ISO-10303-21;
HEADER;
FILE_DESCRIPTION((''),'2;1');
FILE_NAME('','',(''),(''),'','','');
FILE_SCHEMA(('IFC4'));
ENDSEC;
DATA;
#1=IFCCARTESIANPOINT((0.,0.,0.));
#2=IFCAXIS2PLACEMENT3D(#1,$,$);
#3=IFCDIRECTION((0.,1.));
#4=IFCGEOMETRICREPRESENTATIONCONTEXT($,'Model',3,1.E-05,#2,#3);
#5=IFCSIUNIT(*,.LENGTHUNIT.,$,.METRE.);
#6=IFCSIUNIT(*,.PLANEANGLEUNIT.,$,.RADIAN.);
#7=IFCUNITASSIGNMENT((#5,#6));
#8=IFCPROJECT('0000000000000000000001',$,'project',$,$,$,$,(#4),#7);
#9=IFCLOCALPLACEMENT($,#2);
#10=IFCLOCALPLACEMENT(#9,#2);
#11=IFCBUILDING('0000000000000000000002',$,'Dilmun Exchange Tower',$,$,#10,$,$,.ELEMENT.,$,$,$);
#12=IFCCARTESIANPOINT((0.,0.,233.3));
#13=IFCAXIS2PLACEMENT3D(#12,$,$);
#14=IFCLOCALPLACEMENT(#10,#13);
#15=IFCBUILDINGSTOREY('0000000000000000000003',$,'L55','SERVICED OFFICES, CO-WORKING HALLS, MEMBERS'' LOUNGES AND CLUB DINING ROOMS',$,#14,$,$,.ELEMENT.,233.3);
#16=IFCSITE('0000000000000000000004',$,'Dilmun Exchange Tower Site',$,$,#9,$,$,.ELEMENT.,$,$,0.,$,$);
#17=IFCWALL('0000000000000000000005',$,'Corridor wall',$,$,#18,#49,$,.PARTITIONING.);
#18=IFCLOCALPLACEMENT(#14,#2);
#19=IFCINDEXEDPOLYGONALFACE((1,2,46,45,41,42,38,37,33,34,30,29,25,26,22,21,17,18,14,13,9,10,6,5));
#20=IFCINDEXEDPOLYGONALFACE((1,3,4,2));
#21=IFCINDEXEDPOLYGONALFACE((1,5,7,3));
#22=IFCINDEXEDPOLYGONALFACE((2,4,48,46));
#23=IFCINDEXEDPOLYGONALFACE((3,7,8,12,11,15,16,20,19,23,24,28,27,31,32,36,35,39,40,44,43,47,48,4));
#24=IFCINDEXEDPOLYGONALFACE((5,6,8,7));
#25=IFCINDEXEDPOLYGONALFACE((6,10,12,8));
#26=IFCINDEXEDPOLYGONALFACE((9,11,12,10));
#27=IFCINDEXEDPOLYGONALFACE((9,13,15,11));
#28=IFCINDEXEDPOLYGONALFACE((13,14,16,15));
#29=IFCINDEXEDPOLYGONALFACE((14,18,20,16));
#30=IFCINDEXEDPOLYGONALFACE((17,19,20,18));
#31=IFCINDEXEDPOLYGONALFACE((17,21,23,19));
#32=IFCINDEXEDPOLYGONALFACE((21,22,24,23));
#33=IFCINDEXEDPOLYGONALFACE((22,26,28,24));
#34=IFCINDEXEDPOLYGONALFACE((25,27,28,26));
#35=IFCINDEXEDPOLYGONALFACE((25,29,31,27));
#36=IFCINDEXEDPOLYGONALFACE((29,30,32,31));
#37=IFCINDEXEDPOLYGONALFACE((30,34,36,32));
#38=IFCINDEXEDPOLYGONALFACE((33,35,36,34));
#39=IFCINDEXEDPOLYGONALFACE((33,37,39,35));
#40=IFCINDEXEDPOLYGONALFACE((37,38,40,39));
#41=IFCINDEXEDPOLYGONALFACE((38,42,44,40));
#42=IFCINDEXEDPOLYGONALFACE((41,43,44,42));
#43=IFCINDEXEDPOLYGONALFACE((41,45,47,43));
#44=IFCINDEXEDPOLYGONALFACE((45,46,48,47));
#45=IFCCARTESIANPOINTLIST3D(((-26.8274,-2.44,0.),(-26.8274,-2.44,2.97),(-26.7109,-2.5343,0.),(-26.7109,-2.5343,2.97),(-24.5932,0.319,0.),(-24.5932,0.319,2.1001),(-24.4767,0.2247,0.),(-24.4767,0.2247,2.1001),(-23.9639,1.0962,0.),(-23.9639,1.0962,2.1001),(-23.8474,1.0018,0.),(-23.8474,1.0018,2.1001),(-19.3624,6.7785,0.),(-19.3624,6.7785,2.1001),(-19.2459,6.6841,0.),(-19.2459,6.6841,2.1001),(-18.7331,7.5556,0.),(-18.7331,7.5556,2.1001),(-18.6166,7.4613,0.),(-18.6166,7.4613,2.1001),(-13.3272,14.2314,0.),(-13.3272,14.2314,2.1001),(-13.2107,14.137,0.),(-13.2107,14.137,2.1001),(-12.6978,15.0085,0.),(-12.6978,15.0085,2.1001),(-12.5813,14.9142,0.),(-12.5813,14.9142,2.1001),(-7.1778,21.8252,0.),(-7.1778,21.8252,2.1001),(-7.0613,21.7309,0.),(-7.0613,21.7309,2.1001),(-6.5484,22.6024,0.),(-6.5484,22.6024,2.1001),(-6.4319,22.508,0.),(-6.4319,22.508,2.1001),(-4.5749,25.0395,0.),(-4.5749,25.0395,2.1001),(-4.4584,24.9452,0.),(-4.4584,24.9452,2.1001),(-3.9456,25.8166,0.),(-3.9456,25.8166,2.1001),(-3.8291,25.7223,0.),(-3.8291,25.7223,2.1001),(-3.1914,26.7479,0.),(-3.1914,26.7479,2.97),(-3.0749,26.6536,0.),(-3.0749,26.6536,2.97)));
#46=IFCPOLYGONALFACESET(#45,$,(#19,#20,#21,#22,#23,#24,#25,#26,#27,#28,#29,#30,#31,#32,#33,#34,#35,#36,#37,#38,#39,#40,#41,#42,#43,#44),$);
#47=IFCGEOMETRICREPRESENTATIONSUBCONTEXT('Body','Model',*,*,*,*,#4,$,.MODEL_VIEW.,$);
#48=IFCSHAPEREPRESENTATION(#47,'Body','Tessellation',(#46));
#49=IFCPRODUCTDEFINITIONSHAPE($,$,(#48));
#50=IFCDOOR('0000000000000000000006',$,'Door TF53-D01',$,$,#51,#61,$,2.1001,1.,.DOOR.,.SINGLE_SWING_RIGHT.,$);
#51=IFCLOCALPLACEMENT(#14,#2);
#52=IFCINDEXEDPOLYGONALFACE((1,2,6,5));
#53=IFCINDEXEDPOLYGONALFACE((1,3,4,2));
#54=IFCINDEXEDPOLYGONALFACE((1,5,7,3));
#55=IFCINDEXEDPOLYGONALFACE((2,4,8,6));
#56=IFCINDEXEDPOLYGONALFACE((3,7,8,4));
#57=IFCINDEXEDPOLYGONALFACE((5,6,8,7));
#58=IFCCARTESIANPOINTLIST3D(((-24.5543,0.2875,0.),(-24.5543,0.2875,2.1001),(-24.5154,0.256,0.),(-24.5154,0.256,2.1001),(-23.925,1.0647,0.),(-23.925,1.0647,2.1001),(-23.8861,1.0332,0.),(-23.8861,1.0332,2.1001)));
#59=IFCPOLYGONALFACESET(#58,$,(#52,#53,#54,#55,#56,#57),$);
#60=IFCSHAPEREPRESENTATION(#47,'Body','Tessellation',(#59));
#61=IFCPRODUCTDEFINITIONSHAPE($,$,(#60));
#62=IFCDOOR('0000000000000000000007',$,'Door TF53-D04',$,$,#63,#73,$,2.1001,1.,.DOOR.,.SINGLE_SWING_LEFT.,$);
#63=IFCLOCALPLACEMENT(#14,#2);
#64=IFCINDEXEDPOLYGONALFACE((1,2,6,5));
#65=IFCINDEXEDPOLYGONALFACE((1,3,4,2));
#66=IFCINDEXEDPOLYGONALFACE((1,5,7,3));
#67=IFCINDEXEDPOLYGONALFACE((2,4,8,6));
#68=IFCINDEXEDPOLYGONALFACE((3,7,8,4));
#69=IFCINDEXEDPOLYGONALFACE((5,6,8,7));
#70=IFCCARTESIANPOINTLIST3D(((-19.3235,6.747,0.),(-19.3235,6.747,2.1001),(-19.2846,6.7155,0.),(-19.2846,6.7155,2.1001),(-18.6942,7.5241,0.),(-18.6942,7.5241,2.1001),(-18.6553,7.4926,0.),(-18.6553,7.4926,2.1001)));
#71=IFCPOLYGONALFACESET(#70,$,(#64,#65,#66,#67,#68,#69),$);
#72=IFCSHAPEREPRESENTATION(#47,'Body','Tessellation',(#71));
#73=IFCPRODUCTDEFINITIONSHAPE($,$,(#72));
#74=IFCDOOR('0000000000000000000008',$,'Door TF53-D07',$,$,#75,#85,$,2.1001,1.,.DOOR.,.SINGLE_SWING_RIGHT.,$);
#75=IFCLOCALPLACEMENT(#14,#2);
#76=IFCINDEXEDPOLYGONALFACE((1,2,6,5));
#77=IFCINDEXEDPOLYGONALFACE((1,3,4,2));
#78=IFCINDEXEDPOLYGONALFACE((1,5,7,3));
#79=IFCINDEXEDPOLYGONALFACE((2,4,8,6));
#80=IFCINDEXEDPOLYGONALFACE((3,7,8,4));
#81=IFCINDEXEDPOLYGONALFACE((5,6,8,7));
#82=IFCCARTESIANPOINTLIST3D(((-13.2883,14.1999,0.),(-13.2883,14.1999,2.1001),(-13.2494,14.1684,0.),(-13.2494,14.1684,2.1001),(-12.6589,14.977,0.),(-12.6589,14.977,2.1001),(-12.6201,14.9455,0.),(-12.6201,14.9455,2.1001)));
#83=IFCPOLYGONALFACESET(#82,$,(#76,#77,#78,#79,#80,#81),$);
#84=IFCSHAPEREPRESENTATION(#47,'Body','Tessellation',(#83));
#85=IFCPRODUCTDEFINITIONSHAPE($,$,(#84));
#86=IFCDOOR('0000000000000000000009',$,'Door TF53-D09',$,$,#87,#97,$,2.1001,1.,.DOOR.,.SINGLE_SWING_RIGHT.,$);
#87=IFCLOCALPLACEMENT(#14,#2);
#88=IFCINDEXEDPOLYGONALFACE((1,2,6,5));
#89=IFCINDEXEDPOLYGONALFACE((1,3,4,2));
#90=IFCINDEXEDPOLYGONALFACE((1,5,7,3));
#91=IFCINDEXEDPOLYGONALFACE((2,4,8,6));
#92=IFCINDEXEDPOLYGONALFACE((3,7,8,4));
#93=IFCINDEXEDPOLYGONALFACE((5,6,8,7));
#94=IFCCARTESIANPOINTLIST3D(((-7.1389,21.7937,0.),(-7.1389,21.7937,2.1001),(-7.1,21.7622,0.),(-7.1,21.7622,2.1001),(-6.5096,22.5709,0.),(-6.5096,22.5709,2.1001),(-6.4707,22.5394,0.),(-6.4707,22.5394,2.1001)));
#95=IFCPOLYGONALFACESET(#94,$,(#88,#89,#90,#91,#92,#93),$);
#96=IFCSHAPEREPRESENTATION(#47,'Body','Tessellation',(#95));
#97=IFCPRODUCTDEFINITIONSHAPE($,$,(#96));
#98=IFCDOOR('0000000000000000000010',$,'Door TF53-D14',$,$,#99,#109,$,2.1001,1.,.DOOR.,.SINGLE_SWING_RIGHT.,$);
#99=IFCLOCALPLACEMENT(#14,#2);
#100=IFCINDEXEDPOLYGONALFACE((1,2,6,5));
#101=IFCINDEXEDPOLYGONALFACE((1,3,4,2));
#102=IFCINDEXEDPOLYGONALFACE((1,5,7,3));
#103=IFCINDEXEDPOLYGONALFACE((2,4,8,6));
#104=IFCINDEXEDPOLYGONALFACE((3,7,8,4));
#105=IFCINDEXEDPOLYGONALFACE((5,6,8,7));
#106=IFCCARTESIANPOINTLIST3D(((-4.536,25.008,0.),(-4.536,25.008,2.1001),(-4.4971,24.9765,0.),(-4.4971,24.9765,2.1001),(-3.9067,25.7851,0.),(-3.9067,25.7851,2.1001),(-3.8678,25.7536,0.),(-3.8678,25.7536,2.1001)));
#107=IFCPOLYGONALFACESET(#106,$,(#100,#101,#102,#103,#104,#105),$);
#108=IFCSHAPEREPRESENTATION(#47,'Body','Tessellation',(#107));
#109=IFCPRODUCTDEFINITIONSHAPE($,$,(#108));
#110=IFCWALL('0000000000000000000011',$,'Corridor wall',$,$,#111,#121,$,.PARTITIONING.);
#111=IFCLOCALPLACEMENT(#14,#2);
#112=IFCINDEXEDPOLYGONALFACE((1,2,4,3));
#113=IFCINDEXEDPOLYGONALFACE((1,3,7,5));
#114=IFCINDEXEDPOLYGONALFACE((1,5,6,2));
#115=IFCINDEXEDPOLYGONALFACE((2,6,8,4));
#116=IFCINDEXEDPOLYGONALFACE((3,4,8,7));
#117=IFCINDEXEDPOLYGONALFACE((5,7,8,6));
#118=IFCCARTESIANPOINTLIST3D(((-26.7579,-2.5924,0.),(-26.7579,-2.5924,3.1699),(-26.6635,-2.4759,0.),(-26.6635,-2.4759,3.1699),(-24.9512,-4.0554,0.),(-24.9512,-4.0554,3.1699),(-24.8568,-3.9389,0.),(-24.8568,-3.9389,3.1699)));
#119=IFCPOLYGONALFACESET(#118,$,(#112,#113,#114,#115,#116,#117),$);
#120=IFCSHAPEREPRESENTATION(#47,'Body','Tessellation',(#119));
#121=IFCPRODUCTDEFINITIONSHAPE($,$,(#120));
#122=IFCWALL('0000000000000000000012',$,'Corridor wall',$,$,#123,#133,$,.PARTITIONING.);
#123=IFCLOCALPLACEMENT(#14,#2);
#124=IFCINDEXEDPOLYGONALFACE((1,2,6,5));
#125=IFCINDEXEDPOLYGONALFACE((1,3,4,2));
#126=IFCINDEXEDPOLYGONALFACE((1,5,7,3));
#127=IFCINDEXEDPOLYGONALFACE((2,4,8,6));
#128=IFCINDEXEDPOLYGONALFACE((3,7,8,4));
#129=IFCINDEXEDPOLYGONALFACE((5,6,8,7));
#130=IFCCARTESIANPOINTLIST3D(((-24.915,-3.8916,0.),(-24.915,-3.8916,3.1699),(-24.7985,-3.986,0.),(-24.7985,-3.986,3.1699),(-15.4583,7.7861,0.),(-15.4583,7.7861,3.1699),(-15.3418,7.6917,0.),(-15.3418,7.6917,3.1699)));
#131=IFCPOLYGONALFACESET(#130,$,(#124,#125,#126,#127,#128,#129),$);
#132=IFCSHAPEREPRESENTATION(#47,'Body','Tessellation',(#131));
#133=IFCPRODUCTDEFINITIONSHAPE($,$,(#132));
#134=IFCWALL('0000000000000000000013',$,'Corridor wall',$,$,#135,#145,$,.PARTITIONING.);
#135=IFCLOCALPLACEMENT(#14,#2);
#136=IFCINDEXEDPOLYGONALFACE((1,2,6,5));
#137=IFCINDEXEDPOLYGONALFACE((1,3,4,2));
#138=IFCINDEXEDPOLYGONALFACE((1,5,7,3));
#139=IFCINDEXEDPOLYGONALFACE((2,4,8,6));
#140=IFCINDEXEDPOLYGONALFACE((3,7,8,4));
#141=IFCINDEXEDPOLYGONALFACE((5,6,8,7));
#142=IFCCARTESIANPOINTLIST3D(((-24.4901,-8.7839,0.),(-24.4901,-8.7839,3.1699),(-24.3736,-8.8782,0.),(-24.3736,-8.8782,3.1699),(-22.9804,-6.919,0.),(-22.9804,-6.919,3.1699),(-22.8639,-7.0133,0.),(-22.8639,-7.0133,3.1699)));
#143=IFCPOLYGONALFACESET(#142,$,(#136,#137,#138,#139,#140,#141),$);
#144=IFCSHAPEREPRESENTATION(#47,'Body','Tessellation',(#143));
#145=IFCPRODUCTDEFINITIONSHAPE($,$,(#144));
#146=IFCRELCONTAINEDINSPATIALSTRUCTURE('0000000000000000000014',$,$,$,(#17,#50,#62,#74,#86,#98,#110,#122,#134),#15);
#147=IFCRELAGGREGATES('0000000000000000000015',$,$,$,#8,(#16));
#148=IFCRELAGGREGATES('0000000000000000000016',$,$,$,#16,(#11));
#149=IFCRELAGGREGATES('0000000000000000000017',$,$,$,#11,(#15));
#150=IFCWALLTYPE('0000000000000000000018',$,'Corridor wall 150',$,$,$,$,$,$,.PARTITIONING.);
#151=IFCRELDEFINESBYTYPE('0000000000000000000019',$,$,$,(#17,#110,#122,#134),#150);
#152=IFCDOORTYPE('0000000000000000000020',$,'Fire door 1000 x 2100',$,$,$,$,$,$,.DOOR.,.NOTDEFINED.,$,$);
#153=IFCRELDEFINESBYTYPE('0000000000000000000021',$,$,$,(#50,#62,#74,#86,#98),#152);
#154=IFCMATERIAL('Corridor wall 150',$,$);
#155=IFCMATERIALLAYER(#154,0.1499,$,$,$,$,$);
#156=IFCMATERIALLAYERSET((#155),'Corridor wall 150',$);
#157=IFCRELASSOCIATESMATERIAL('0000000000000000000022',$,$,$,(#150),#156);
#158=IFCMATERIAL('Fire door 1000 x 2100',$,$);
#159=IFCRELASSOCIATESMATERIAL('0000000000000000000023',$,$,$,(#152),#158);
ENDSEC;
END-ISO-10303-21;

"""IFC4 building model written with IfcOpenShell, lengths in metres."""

from ifc_helpers import new_model, si_unit, direction, frame, frame_2d, origin, place, context, subcontext, project, spatial, rectangle, extrude, material, layer, layer_set, type_object, element, fill, save


model = new_model("IFC4")

# Units and contexts
model_context = context("Model", 3, precision=1e-05, world=origin(), true_north=direction((0.0, 1.0)))
body_context = subcontext(model_context, "Body", "Model", "MODEL_VIEW")
ifc_project = project(units=[si_unit("LENGTHUNIT", "METRE"), si_unit("PLANEANGLEUNIT", "RADIAN")], contexts=[model_context])

# Site, building, storey
site_placement = place(None, origin())
site = spatial("IfcSite", under=ifc_project, at=site_placement, Name="Dilmun Exchange Tower Site", CompositionType="ELEMENT", RefElevation=0.0)
building_placement = place(site_placement, origin())
building = spatial("IfcBuilding", under=site, at=building_placement, Name="Dilmun Exchange Tower", CompositionType="ELEMENT")
storey_placement = place(building_placement, frame((0.0, 0.0, 233.3)))
storey = spatial("IfcBuildingStorey", under=building, at=storey_placement, Name="L55", Description="SERVICED OFFICES, CO-WORKING HALLS, MEMBERS' LOUNGES AND CLUB DINING ROOMS", CompositionType="ELEMENT", Elevation=233.3)

# Wall, openings, doors
ifc_material_1 = material(Name="Corridor wall 150")
ifc_layer_1 = layer(ifc_material_1, 0.1499)
ifc_layer_set_1 = layer_set([ifc_layer_1], Name="Corridor wall 150")
wall_type_1 = type_object("IfcWallType", Name="Corridor wall 150", PredefinedType="PARTITIONING", material=ifc_layer_set_1)
wall_1_placement = place(storey_placement, frame((-26.769, -2.4871, 0.0), z_axis=(0.0, 0.0, 1.0), x_axis=(0.629321, 0.777146, 0.0)))
wall_1 = element("IfcWall", 1, at=wall_1_placement, inside=storey, type_object=wall_type_1, Name="Corridor wall", PredefinedType="PARTITIONING", context=body_context, shape_type="SweptSolid", body=[
    extrude(rectangle(XDim=37.5579, YDim=0.1499, at=frame_2d((18.7788, 0.0))), origin(), (0.0, 0.0, 1.0), 2.97),
])
opening_1_placement = place(wall_1_placement, frame((3.55, 0.0, 0.0)))
opening_1 = element("IfcOpeningElement", 2, at=opening_1_placement, cuts=wall_1, PredefinedType="OPENING", context=body_context, shape_type="SweptSolid", body=[
    extrude(rectangle(XDim=1.0, YDim=2.1001, at=frame_2d((0.5, 1.05))), frame((0.0, 0.085, 0.0), z_axis=(0.0, -1.0, 0.0), x_axis=(1.0, 0.0, 0.0)), (0.0, 0.0, 1.0), 0.1699),
])
opening_2_placement = place(wall_1_placement, frame((11.8618, 0.0, 0.0)))
opening_2 = element("IfcOpeningElement", 3, at=opening_2_placement, cuts=wall_1, PredefinedType="OPENING", context=body_context, shape_type="SweptSolid", body=[
    extrude(rectangle(XDim=1.0, YDim=2.1001, at=frame_2d((0.5, 1.05))), frame((0.0, 0.085, 0.0), z_axis=(0.0, -1.0, 0.0), x_axis=(1.0, 0.0, 0.0)), (0.0, 0.0, 1.0), 0.1699),
])
opening_3_placement = place(wall_1_placement, frame((21.4519, 0.0, 0.0)))
opening_3 = element("IfcOpeningElement", 4, at=opening_3_placement, cuts=wall_1, PredefinedType="OPENING", context=body_context, shape_type="SweptSolid", body=[
    extrude(rectangle(XDim=1.0, YDim=2.1001, at=frame_2d((0.5, 1.05))), frame((0.0, 0.085, 0.0), z_axis=(0.0, -1.0, 0.0), x_axis=(1.0, 0.0, 0.0)), (0.0, 0.0, 1.0), 0.1699),
])
opening_4_placement = place(wall_1_placement, frame((31.2234, 0.0, 0.0)))
opening_4 = element("IfcOpeningElement", 5, at=opening_4_placement, cuts=wall_1, PredefinedType="OPENING", context=body_context, shape_type="SweptSolid", body=[
    extrude(rectangle(XDim=1.0, YDim=2.1001, at=frame_2d((0.5, 1.05))), frame((0.0, 0.085, 0.0), z_axis=(0.0, -1.0, 0.0), x_axis=(1.0, 0.0, 0.0)), (0.0, 0.0, 1.0), 0.1699),
])
opening_5_placement = place(wall_1_placement, frame((35.3594, 0.0, 0.0)))
opening_5 = element("IfcOpeningElement", 6, at=opening_5_placement, cuts=wall_1, PredefinedType="OPENING", context=body_context, shape_type="SweptSolid", body=[
    extrude(rectangle(XDim=1.0, YDim=2.1001, at=frame_2d((0.5, 1.05))), frame((0.0, 0.085, 0.0), z_axis=(0.0, -1.0, 0.0), x_axis=(1.0, 0.0, 0.0)), (0.0, 0.0, 1.0), 0.1699),
])
ifc_material_2 = material(Name="Fire door 1000 x 2100")
door_type_1 = type_object("IfcDoorType", Name="Fire door 1000 x 2100", OperationType="NOTDEFINED", PredefinedType="DOOR", material=ifc_material_2)
door_1_placement = place(opening_1_placement, origin())
door_1 = element("IfcDoor", 7, at=door_1_placement, inside=storey, type_object=door_type_1, Name="Door TF53-D01", OperationType="SINGLE_SWING_RIGHT", OverallHeight=2.1001, OverallWidth=1.0, PredefinedType="DOOR", context=body_context, shape_type="SweptSolid", body=[
    extrude(rectangle(XDim=1.0, YDim=2.1001, at=frame_2d((0.5, 1.05))), frame((0.0, 0.0249, 0.0), z_axis=(0.0, -1.0, 0.0), x_axis=(1.0, 0.0, 0.0)), (0.0, 0.0, 1.0), 0.05),
])
fill(opening_1, door_1)
door_2_placement = place(opening_2_placement, origin())
door_2 = element("IfcDoor", 8, at=door_2_placement, inside=storey, type_object=door_type_1, Name="Door TF53-D04", OperationType="SINGLE_SWING_LEFT", OverallHeight=2.1001, OverallWidth=1.0, PredefinedType="DOOR", context=body_context, shape_type="SweptSolid", body=[
    extrude(rectangle(XDim=1.0, YDim=2.1001, at=frame_2d((0.5, 1.05))), frame((0.0, 0.0249, 0.0), z_axis=(0.0, -1.0, 0.0), x_axis=(1.0, 0.0, 0.0)), (0.0, 0.0, 1.0), 0.05),
])
fill(opening_2, door_2)
door_3_placement = place(opening_3_placement, origin())
door_3 = element("IfcDoor", 9, at=door_3_placement, inside=storey, type_object=door_type_1, Name="Door TF53-D07", OperationType="SINGLE_SWING_RIGHT", OverallHeight=2.1001, OverallWidth=1.0, PredefinedType="DOOR", context=body_context, shape_type="SweptSolid", body=[
    extrude(rectangle(XDim=1.0, YDim=2.1001, at=frame_2d((0.5, 1.05))), frame((0.0, 0.0249, 0.0), z_axis=(0.0, -1.0, 0.0), x_axis=(1.0, 0.0, 0.0)), (0.0, 0.0, 1.0), 0.05),
])
fill(opening_3, door_3)
door_4_placement = place(opening_4_placement, origin())
door_4 = element("IfcDoor", 10, at=door_4_placement, inside=storey, type_object=door_type_1, Name="Door TF53-D09", OperationType="SINGLE_SWING_RIGHT", OverallHeight=2.1001, OverallWidth=1.0, PredefinedType="DOOR", context=body_context, shape_type="SweptSolid", body=[
    extrude(rectangle(XDim=1.0, YDim=2.1001, at=frame_2d((0.5, 1.05))), frame((0.0, 0.0249, 0.0), z_axis=(0.0, -1.0, 0.0), x_axis=(1.0, 0.0, 0.0)), (0.0, 0.0, 1.0), 0.05),
])
fill(opening_4, door_4)
door_5_placement = place(opening_5_placement, origin())
door_5 = element("IfcDoor", 11, at=door_5_placement, inside=storey, type_object=door_type_1, Name="Door TF53-D14", OperationType="SINGLE_SWING_RIGHT", OverallHeight=2.1001, OverallWidth=1.0, PredefinedType="DOOR", context=body_context, shape_type="SweptSolid", body=[
    extrude(rectangle(XDim=1.0, YDim=2.1001, at=frame_2d((0.5, 1.05))), frame((0.0, 0.0249, 0.0), z_axis=(0.0, -1.0, 0.0), x_axis=(1.0, 0.0, 0.0)), (0.0, 0.0, 1.0), 0.05),
])
fill(opening_5, door_5)

# Walls
wall_2_placement = place(storey_placement, frame((-26.7107, -2.5342, 0.0), z_axis=(0.0, 0.0, 1.0), x_axis=(0.777167, -0.629295, 0.0)))
element("IfcWall", 12, at=wall_2_placement, inside=storey, type_object=wall_type_1, Name="Corridor wall", PredefinedType="PARTITIONING", context=body_context, shape_type="SweptSolid", body=[
    extrude(rectangle(XDim=2.3247, YDim=0.1499, at=frame_2d((1.1624, 0.0))), origin(), (0.0, 0.0, 1.0), 3.1699),
])
wall_3_placement = place(storey_placement, frame((-24.8567, -3.9387, 0.0), z_axis=(0.0, 0.0, 1.0), x_axis=(0.629334, 0.777135, 0.0)))
element("IfcWall", 13, at=wall_3_placement, inside=storey, type_object=wall_type_1, Name="Corridor wall", PredefinedType="PARTITIONING", context=body_context, shape_type="SweptSolid", body=[
    extrude(rectangle(XDim=15.0266, YDim=0.1499, at=frame_2d((7.5132, 0.0))), origin(), (0.0, 0.0, 1.0), 3.1699),
])
wall_4_placement = place(storey_placement, frame((-24.4319, -8.8311, 0.0), z_axis=(0.0, 0.0, 1.0), x_axis=(0.629201, 0.777243, 0.0)))
element("IfcWall", 14, at=wall_4_placement, inside=storey, type_object=wall_type_1, Name="Corridor wall", PredefinedType="PARTITIONING", context=body_context, shape_type="SweptSolid", body=[
    extrude(rectangle(XDim=2.3994, YDim=0.1499, at=frame_2d((1.1997, 0.0))), origin(), (0.0, 0.0, 1.0), 3.1699),
])

save(model, "model.ifc")
